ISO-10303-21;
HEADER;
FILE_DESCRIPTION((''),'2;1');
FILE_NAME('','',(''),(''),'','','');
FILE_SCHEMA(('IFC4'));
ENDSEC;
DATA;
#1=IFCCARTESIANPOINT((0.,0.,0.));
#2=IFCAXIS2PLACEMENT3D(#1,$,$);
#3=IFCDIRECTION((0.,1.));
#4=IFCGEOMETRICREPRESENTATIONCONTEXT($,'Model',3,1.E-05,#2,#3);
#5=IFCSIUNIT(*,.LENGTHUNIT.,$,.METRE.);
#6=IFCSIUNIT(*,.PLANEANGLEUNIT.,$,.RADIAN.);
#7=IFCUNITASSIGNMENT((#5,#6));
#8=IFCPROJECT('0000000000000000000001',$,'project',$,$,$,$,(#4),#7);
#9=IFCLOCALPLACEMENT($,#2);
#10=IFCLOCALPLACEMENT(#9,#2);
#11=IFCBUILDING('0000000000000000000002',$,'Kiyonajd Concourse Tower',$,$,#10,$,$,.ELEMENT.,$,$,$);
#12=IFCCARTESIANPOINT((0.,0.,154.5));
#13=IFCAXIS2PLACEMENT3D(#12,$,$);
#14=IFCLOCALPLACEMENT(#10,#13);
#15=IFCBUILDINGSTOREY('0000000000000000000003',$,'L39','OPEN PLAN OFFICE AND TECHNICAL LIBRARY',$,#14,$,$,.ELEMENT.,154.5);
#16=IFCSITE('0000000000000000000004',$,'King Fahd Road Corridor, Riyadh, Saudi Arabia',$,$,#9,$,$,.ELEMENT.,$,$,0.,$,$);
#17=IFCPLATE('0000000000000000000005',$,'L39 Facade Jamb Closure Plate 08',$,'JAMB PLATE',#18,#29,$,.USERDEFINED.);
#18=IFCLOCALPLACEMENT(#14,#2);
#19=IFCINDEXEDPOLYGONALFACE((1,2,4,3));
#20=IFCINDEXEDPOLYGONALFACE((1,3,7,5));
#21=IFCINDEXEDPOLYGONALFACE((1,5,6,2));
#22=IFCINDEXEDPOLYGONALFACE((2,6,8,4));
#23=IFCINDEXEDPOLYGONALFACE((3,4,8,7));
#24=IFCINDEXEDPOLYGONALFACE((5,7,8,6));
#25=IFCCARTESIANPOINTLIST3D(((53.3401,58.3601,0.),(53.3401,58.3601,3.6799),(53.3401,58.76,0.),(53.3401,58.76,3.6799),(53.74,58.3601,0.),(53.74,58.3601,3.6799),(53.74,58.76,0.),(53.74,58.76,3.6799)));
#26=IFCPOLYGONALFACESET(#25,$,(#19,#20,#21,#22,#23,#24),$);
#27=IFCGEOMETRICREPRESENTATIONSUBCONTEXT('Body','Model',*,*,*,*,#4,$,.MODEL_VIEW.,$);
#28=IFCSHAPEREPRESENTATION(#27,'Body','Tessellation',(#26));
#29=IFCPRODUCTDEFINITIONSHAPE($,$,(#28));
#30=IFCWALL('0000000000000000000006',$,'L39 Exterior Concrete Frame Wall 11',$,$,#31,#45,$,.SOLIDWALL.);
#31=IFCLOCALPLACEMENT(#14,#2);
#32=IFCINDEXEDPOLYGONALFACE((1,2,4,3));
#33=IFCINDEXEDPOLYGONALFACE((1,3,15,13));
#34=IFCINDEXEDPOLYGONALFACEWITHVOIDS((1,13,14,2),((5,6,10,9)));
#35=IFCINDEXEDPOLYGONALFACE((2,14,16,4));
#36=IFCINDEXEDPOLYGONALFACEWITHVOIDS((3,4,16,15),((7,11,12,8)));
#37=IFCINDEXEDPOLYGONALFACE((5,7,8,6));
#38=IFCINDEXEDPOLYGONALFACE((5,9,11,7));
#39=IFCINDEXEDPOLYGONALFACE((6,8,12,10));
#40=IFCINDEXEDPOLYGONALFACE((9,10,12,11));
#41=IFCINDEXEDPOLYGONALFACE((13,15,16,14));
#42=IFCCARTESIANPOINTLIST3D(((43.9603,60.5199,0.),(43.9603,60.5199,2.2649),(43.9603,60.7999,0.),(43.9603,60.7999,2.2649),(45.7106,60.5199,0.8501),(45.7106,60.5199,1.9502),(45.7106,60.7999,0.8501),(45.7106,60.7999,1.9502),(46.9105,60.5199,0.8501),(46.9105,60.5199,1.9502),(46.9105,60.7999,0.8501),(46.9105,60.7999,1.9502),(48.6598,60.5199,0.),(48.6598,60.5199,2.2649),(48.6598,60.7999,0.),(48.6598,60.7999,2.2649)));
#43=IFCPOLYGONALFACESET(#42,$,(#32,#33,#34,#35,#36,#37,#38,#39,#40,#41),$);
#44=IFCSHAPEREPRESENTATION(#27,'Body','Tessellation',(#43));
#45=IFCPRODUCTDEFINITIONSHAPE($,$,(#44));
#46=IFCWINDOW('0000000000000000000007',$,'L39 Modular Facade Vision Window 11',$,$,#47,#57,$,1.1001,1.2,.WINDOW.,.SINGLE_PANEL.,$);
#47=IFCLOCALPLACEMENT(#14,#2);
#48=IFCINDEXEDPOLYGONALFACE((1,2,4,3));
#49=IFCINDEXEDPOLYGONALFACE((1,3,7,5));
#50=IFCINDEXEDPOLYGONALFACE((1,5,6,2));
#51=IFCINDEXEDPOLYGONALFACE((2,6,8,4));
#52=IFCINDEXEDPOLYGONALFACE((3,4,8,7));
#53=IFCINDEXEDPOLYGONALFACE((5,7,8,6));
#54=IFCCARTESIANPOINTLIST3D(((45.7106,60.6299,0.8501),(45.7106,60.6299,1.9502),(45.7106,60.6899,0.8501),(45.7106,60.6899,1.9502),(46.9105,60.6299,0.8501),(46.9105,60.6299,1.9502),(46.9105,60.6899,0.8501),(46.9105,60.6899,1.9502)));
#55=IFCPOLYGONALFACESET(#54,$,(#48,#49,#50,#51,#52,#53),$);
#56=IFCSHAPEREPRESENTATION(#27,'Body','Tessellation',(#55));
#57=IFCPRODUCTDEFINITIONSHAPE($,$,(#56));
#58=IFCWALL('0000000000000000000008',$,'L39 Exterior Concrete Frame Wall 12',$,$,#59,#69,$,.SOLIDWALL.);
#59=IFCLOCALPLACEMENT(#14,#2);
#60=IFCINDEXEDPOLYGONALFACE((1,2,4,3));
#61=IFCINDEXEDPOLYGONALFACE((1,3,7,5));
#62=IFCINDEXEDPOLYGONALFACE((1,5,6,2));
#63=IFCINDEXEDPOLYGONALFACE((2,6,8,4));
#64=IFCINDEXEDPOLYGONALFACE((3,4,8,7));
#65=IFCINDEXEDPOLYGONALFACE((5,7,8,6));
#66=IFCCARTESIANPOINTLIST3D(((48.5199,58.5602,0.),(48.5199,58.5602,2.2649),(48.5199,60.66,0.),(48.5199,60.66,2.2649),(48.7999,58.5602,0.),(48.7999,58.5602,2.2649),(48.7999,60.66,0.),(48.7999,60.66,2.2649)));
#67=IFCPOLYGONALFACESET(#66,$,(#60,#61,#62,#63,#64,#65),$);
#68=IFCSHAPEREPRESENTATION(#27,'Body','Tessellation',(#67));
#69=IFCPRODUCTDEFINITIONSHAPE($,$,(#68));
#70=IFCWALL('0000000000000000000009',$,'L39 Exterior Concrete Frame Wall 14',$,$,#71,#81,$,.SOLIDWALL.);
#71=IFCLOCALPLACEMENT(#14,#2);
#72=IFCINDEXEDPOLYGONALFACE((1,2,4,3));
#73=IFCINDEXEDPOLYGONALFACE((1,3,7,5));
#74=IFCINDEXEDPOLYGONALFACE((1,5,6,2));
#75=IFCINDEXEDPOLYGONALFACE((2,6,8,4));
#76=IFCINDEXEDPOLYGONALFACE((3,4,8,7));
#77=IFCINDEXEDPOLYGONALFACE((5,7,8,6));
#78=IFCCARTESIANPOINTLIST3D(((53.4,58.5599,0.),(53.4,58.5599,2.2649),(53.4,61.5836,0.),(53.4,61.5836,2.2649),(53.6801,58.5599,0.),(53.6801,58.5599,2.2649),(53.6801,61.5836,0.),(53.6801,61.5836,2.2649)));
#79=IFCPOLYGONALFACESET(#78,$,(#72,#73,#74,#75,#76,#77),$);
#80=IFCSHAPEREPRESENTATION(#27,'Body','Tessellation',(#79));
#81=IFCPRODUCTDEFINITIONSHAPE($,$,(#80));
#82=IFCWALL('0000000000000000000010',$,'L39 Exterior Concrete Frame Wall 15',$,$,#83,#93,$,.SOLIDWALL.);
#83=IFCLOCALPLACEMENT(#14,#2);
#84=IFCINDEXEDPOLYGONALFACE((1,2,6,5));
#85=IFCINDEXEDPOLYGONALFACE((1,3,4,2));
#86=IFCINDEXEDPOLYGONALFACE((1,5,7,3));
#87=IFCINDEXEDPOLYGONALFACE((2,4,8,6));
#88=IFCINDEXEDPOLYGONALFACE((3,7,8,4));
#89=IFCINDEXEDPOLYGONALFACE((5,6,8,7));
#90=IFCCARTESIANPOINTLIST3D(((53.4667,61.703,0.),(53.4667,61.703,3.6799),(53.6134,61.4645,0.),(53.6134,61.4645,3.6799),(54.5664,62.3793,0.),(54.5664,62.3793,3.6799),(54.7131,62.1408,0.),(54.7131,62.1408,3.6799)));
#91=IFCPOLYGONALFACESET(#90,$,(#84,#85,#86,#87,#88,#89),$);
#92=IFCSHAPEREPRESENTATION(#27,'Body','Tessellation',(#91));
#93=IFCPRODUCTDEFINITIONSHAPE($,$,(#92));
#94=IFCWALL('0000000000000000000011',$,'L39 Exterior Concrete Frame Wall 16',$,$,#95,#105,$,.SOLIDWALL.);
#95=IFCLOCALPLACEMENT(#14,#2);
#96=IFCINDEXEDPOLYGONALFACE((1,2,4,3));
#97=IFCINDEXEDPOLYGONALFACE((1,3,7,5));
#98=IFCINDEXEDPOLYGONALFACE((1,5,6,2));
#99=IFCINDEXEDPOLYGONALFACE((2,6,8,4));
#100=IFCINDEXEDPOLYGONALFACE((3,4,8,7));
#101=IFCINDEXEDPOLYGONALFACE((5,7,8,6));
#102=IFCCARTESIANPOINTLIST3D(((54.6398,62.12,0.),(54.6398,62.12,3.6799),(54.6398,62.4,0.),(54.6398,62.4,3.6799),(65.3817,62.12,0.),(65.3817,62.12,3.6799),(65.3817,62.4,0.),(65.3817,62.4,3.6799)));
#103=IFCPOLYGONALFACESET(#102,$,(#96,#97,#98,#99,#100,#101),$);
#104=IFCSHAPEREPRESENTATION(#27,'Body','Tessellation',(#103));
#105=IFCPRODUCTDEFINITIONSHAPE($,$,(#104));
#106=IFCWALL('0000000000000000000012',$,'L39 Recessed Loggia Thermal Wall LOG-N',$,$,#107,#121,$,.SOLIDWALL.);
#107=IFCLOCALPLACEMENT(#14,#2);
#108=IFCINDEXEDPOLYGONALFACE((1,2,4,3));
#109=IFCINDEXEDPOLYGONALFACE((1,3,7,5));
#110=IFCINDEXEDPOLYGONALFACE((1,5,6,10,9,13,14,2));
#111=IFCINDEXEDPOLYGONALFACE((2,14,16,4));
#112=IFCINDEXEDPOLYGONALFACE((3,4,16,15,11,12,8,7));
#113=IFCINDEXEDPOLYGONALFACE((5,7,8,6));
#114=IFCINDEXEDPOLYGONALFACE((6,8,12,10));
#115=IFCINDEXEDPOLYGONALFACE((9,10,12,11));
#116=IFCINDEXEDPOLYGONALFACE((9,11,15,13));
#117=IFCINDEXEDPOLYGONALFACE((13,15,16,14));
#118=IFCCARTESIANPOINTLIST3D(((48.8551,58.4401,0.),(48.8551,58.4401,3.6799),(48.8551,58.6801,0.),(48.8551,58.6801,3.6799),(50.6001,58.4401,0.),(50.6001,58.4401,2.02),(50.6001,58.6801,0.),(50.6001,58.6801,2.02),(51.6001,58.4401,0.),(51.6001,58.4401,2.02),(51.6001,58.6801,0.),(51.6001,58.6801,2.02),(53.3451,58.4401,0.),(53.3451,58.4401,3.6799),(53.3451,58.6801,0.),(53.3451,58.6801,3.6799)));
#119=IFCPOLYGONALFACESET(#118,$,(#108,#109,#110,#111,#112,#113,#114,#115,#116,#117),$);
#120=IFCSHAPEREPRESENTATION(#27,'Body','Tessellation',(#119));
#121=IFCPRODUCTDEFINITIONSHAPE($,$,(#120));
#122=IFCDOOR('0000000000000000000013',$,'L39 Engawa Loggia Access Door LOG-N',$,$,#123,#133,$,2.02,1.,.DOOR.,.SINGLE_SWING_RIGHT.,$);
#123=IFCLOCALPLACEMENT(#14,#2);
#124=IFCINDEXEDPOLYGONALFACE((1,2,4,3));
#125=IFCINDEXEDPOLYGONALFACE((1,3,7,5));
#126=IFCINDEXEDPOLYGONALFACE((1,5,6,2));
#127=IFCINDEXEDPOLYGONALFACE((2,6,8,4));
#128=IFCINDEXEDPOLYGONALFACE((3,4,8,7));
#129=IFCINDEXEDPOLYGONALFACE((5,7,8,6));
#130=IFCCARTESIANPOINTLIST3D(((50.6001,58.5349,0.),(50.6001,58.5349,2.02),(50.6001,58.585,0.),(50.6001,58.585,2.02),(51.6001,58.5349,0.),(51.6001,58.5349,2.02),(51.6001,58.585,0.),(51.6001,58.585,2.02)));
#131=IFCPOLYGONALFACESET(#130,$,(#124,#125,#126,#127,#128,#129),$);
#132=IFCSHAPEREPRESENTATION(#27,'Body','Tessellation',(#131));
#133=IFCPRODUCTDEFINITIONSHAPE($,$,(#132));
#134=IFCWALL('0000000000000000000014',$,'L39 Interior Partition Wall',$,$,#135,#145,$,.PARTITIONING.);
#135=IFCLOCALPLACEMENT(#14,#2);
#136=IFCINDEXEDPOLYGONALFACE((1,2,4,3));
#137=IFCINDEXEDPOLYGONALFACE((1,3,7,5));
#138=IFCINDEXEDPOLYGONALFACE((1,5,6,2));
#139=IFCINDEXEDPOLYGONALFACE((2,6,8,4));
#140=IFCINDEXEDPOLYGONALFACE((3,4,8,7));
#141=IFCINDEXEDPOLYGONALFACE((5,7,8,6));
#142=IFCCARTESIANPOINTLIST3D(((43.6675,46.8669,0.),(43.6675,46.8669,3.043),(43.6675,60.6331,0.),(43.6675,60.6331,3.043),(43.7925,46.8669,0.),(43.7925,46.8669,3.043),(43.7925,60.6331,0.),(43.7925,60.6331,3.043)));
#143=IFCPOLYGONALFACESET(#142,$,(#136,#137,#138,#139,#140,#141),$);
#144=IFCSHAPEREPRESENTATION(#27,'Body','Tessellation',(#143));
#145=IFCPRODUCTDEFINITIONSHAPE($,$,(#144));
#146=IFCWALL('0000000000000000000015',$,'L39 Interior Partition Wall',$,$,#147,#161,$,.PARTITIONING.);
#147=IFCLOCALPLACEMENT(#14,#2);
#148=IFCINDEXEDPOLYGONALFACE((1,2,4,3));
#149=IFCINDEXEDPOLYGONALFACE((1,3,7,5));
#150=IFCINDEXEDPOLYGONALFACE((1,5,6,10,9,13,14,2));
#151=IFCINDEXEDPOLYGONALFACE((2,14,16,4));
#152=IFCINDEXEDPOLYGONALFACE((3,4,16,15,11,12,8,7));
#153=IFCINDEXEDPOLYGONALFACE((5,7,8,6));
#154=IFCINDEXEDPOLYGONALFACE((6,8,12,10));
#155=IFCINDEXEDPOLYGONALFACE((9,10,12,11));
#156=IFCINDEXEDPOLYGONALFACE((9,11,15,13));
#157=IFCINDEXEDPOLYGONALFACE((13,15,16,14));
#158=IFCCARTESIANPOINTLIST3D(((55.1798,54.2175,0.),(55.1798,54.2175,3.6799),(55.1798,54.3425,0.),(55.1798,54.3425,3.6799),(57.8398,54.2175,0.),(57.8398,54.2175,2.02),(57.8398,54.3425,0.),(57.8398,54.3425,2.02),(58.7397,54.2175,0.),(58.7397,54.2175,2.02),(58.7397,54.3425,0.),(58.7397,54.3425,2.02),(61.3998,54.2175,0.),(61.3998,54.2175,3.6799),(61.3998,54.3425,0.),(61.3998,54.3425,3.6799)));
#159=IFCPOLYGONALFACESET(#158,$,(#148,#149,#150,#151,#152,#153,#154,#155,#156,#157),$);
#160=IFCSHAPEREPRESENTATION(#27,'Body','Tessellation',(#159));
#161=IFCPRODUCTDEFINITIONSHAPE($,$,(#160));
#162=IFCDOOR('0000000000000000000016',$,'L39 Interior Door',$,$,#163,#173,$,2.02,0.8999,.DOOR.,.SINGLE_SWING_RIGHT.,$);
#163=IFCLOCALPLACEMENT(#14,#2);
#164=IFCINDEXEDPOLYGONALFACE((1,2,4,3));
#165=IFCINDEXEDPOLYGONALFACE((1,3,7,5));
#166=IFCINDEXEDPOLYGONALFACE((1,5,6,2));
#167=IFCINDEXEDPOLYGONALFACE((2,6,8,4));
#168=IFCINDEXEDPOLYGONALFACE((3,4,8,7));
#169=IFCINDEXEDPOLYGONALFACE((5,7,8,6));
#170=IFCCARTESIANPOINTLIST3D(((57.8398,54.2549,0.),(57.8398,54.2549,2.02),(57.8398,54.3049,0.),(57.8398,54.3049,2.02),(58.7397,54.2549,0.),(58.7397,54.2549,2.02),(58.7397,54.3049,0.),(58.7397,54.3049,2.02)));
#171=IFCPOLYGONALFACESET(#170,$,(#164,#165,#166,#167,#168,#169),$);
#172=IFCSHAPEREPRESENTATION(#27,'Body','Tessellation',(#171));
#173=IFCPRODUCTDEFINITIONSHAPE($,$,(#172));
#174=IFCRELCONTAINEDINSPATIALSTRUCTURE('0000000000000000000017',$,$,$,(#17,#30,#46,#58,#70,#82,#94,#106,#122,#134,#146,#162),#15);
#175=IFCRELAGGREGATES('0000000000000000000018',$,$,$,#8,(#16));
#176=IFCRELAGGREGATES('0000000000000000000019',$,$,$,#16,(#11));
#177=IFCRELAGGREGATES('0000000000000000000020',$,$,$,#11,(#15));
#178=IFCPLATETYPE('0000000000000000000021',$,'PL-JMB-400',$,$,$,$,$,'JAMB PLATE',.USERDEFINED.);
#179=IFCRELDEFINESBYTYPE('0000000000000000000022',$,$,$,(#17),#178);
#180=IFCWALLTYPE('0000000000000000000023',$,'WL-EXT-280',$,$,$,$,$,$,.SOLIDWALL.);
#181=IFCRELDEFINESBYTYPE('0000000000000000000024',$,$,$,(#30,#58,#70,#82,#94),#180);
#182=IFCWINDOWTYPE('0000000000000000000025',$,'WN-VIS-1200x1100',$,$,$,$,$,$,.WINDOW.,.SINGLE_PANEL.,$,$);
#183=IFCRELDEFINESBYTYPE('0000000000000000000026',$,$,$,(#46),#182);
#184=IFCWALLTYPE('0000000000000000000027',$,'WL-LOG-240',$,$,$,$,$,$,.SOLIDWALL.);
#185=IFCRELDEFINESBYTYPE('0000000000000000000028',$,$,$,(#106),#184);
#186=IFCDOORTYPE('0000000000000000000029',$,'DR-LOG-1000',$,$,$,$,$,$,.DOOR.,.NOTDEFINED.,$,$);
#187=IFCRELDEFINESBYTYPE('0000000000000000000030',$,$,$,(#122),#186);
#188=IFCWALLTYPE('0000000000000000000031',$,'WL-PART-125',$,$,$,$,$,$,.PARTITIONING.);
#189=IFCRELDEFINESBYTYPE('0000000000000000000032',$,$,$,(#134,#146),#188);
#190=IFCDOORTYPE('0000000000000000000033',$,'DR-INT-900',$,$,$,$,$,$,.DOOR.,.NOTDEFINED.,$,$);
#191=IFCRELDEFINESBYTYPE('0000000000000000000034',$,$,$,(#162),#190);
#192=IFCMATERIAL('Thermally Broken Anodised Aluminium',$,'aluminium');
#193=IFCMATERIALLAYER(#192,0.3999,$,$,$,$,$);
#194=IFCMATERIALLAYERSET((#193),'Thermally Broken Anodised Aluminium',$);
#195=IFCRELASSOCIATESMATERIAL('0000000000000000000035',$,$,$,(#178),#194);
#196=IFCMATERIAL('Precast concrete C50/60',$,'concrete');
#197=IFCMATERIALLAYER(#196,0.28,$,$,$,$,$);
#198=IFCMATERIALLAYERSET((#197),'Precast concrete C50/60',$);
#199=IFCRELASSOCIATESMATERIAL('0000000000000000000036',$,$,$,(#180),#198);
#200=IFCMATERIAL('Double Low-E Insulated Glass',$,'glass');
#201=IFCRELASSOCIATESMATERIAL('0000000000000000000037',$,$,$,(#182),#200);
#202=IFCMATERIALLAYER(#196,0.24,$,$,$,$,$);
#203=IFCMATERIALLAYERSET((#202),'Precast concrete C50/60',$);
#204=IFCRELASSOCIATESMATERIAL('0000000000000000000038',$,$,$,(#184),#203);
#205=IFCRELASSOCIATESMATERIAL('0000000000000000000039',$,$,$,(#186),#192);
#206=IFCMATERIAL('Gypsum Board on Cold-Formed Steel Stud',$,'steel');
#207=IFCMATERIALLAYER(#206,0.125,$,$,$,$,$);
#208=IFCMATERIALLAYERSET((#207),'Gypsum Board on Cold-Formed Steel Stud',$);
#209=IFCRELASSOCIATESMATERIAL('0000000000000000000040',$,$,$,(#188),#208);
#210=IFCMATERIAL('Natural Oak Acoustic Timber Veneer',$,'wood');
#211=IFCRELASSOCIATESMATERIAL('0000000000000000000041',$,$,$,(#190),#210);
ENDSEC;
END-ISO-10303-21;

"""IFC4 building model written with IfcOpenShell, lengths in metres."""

from ifc_helpers import new_model, si_unit, direction, frame, frame_2d, origin, origin_2d, place, context, subcontext, project, spatial, rectangle, extrude, material, layer, layer_set, type_object, element, fill, save


model = new_model("IFC4")

# Units and contexts
model_context = context("Model", 3, precision=1e-05, world=origin(), true_north=direction((0.0, 1.0)))
body_context = subcontext(model_context, "Body", "Model", "MODEL_VIEW")
ifc_project = project(units=[si_unit("LENGTHUNIT", "METRE"), si_unit("PLANEANGLEUNIT", "RADIAN")], contexts=[model_context])

# Site, building, storey
site_placement = place(None, origin())
site = spatial("IfcSite", under=ifc_project, at=site_placement, Name="King Fahd Road Corridor, Riyadh, Saudi Arabia", CompositionType="ELEMENT", RefElevation=0.0)
building_placement = place(site_placement, origin())
building = spatial("IfcBuilding", under=site, at=building_placement, Name="Kiyonajd Concourse Tower", CompositionType="ELEMENT")
storey_placement = place(building_placement, frame((0.0, 0.0, 154.5)))
storey = spatial("IfcBuildingStorey", under=building, at=storey_placement, Name="L39", Description="OPEN PLAN OFFICE AND TECHNICAL LIBRARY", CompositionType="ELEMENT", Elevation=154.5)

# Plate
ifc_material_1 = material(Name="Thermally Broken Anodised Aluminium", Category="aluminium")
ifc_layer_1 = layer(ifc_material_1, 0.3999)
ifc_layer_set_1 = layer_set([ifc_layer_1], Name="Thermally Broken Anodised Aluminium")
plate_type_1 = type_object("IfcPlateType", Name="PL-JMB-400", ElementType="JAMB PLATE", PredefinedType="USERDEFINED", material=ifc_layer_set_1)
for number, where, z_axis, x_axis, name in (
    (1, (53.54, 58.5601, 0.0), (0.0, 0.0, 1.0), (1.0, 0.0, 0.0), "L39 Facade Jamb Closure Plate 08"),
):
    element("IfcPlate", number, at=place(storey_placement, frame(where, z_axis=z_axis, x_axis=x_axis)), inside=storey, type_object=plate_type_1, Name=name, ObjectType="JAMB PLATE", PredefinedType="USERDEFINED", context=body_context, shape_type="SweptSolid", body=[
        extrude(rectangle(XDim=0.3999, YDim=0.3999, at=origin_2d()), origin(), (0.0, 0.0, 1.0), 3.6799),
    ])

# Wall, opening, window
ifc_material_2 = material(Name="Precast concrete C50/60", Category="concrete")
ifc_layer_2 = layer(ifc_material_2, 0.28)
ifc_layer_set_2 = layer_set([ifc_layer_2], Name="Precast concrete C50/60")
wall_type_1 = type_object("IfcWallType", Name="WL-EXT-280", PredefinedType="SOLIDWALL", material=ifc_layer_set_2)
wall_1_placement = place(storey_placement, frame((43.9604, 60.6599, 0.0), z_axis=(0.0, 0.0, 1.0), x_axis=(1.0, 0.0, 0.0)))
wall_1 = element("IfcWall", 2, at=wall_1_placement, inside=storey, type_object=wall_type_1, Name="L39 Exterior Concrete Frame Wall 11", PredefinedType="SOLIDWALL", context=body_context, shape_type="SweptSolid", body=[
    extrude(rectangle(XDim=4.6995, YDim=0.28, at=frame_2d((2.3496, 0.0))), origin(), (0.0, 0.0, 1.0), 2.2649),
])
opening_1_placement = place(wall_1_placement, frame((1.75, 0.0, 0.8501)))
opening_1 = element("IfcOpeningElement", 3, at=opening_1_placement, cuts=wall_1, PredefinedType="OPENING", context=body_context, shape_type="SweptSolid", body=[
    extrude(rectangle(XDim=1.2, YDim=1.1001, at=frame_2d((0.6001, 0.55))), frame((0.0, 0.1499, 0.0), z_axis=(0.0, -1.0, 0.0), x_axis=(1.0, 0.0, 0.0)), (0.0, 0.0, 1.0), 0.3),
])
ifc_material_3 = material(Name="Double Low-E Insulated Glass", Category="glass")
window_type = type_object("IfcWindowType", Name="WN-VIS-1200x1100", PartitioningType="SINGLE_PANEL", PredefinedType="WINDOW", material=ifc_material_3)
window_placement = place(opening_1_placement, origin())
window = element("IfcWindow", 4, at=window_placement, inside=storey, type_object=window_type, Name="L39 Modular Facade Vision Window 11", OverallHeight=1.1001, OverallWidth=1.2, PartitioningType="SINGLE_PANEL", PredefinedType="WINDOW", context=body_context, shape_type="SweptSolid", body=[
    extrude(rectangle(XDim=1.2, YDim=1.1001, at=frame_2d((0.6001, 0.55))), frame((0.0, 0.03, 0.0), z_axis=(0.0, -1.0, 0.0), x_axis=(1.0, 0.0, 0.0)), (0.0, 0.0, 1.0), 0.0601),
])
fill(opening_1, window)

# Walls
wall_2_placement = place(storey_placement, frame((48.6599, 60.6599, 0.0), z_axis=(0.0, 0.0, 1.0), x_axis=(0.0, -1.0, 0.0)))
element("IfcWall", 5, at=wall_2_placement, inside=storey, type_object=wall_type_1, Name="L39 Exterior Concrete Frame Wall 12", PredefinedType="SOLIDWALL", context=body_context, shape_type="SweptSolid", body=[
    extrude(rectangle(XDim=2.0999, YDim=0.28, at=frame_2d((1.0498, 0.0))), origin(), (0.0, 0.0, 1.0), 2.2649),
])
wall_3_placement = place(storey_placement, frame((53.54, 58.5601, 0.0), z_axis=(0.0, 0.0, 1.0), x_axis=(0.0, 1.0, 0.0)))
element("IfcWall", 6, at=wall_3_placement, inside=storey, type_object=wall_type_1, Name="L39 Exterior Concrete Frame Wall 14", PredefinedType="SOLIDWALL", context=body_context, shape_type="SweptSolid", body=[
    extrude(rectangle(XDim=3.0237, YDim=0.28, at=frame_2d((1.5117, 0.0))), origin(), (0.0, 0.0, 1.0), 2.2649),
])
wall_4_placement = place(storey_placement, frame((53.54, 61.5837, 0.0), z_axis=(0.0, 0.0, 1.0), x_axis=(0.851801, 0.523865, 0.0)))
element("IfcWall", 7, at=wall_4_placement, inside=storey, type_object=wall_type_1, Name="L39 Exterior Concrete Frame Wall 15", PredefinedType="SOLIDWALL", context=body_context, shape_type="SweptSolid", body=[
    extrude(rectangle(XDim=1.291, YDim=0.28, at=frame_2d((0.6455, 0.0))), origin(), (0.0, 0.0, 1.0), 3.6799),
])
wall_5_placement = place(storey_placement, frame((54.6396, 62.26, 0.0), z_axis=(0.0, 0.0, 1.0), x_axis=(1.0, 0.0, 0.0)))
element("IfcWall", 8, at=wall_5_placement, inside=storey, type_object=wall_type_1, Name="L39 Exterior Concrete Frame Wall 16", PredefinedType="SOLIDWALL", context=body_context, shape_type="SweptSolid", body=[
    extrude(rectangle(XDim=10.7419, YDim=0.28, at=frame_2d((5.3711, 0.0))), origin(), (0.0, 0.0, 1.0), 3.6799),
])

# Wall, opening, door
ifc_layer_3 = layer(ifc_material_2, 0.24)
ifc_layer_set_3 = layer_set([ifc_layer_3], Name="Precast concrete C50/60")
wall_type_2 = type_object("IfcWallType", Name="WL-LOG-240", PredefinedType="SOLIDWALL", material=ifc_layer_set_3)
wall_6_placement = place(storey_placement, frame((48.855, 58.5601, 0.0), z_axis=(0.0, 0.0, 1.0), x_axis=(1.0, 0.0, 0.0)))
wall_6 = element("IfcWall", 9, at=wall_6_placement, inside=storey, type_object=wall_type_2, Name="L39 Recessed Loggia Thermal Wall LOG-N", PredefinedType="SOLIDWALL", context=body_context, shape_type="SweptSolid", body=[
    extrude(rectangle(XDim=4.49, YDim=0.24, at=frame_2d((2.2451, 0.0))), origin(), (0.0, 0.0, 1.0), 3.6799),
])
opening_2_placement = place(wall_6_placement, frame((1.7451, 0.0, 0.0)))
opening_2 = element("IfcOpeningElement", 10, at=opening_2_placement, cuts=wall_6, PredefinedType="OPENING", context=body_context, shape_type="SweptSolid", body=[
    extrude(rectangle(XDim=1.0, YDim=2.02, at=frame_2d((0.5, 1.01))), frame((0.0, 0.1299, 0.0), z_axis=(0.0, -1.0, 0.0), x_axis=(1.0, 0.0, 0.0)), (0.0, 0.0, 1.0), 0.26),
])
door_type_1 = type_object("IfcDoorType", Name="DR-LOG-1000", OperationType="NOTDEFINED", PredefinedType="DOOR", material=ifc_material_1)
door_1_placement = place(opening_2_placement, origin())
door_1 = element("IfcDoor", 11, at=door_1_placement, inside=storey, type_object=door_type_1, Name="L39 Engawa Loggia Access Door LOG-N", OperationType="SINGLE_SWING_RIGHT", OverallHeight=2.02, OverallWidth=1.0, PredefinedType="DOOR", context=body_context, shape_type="SweptSolid", body=[
    extrude(rectangle(XDim=1.0, YDim=2.02, at=frame_2d((0.5, 1.01))), frame((0.0, 0.0249, 0.0), z_axis=(0.0, -1.0, 0.0), x_axis=(1.0, 0.0, 0.0)), (0.0, 0.0, 1.0), 0.05),
])
fill(opening_2, door_1)

# Wall
ifc_material_4 = material(Name="Gypsum Board on Cold-Formed Steel Stud", Category="steel")
ifc_layer_4 = layer(ifc_material_4, 0.125)
ifc_layer_set_4 = layer_set([ifc_layer_4], Name="Gypsum Board on Cold-Formed Steel Stud")
wall_type_3 = type_object("IfcWallType", Name="WL-PART-125", PredefinedType="PARTITIONING", material=ifc_layer_set_4)
wall_7_placement = place(storey_placement, frame((43.73, 46.8669, 0.0), z_axis=(0.0, 0.0, 1.0), x_axis=(0.0, 1.0, 0.0)))
element("IfcWall", 12, at=wall_7_placement, inside=storey, type_object=wall_type_3, Name="L39 Interior Partition Wall", PredefinedType="PARTITIONING", context=body_context, shape_type="SweptSolid", body=[
    extrude(rectangle(XDim=13.7661, YDim=0.125, at=frame_2d((6.8831, 0.0))), origin(), (0.0, 0.0, 1.0), 3.043),
])

# Wall, opening, door
wall_8_placement = place(storey_placement, frame((55.1799, 54.28, 0.0), z_axis=(0.0, 0.0, 1.0), x_axis=(1.0, 0.0, 0.0)))
wall_8 = element("IfcWall", 13, at=wall_8_placement, inside=storey, type_object=wall_type_3, Name="L39 Interior Partition Wall", PredefinedType="PARTITIONING", context=body_context, shape_type="SweptSolid", body=[
    extrude(rectangle(XDim=6.22, YDim=0.125, at=frame_2d((3.1099, 0.0))), origin(), (0.0, 0.0, 1.0), 3.6799),
])
opening_3_placement = place(wall_8_placement, frame((2.6599, 0.0, 0.0)))
opening_3 = element("IfcOpeningElement", 14, at=opening_3_placement, cuts=wall_8, PredefinedType="OPENING", context=body_context, shape_type="SweptSolid", body=[
    extrude(rectangle(XDim=0.8999, YDim=2.02, at=frame_2d((0.45, 1.01))), frame((0.0, 0.0725, 0.0), z_axis=(0.0, -1.0, 0.0), x_axis=(1.0, 0.0, 0.0)), (0.0, 0.0, 1.0), 0.145),
])
ifc_material_5 = material(Name="Natural Oak Acoustic Timber Veneer", Category="wood")
door_type_2 = type_object("IfcDoorType", Name="DR-INT-900", OperationType="NOTDEFINED", PredefinedType="DOOR", material=ifc_material_5)
door_2_placement = place(opening_3_placement, origin())
door_2 = element("IfcDoor", 15, at=door_2_placement, inside=storey, type_object=door_type_2, Name="L39 Interior Door", OperationType="SINGLE_SWING_RIGHT", OverallHeight=2.02, OverallWidth=0.8999, PredefinedType="DOOR", context=body_context, shape_type="SweptSolid", body=[
    extrude(rectangle(XDim=0.8999, YDim=2.02, at=frame_2d((0.45, 1.01))), frame((0.0, 0.0249, 0.0), z_axis=(0.0, -1.0, 0.0), x_axis=(1.0, 0.0, 0.0)), (0.0, 0.0, 1.0), 0.05),
])
fill(opening_3, door_2)

save(model, "model.ifc")
